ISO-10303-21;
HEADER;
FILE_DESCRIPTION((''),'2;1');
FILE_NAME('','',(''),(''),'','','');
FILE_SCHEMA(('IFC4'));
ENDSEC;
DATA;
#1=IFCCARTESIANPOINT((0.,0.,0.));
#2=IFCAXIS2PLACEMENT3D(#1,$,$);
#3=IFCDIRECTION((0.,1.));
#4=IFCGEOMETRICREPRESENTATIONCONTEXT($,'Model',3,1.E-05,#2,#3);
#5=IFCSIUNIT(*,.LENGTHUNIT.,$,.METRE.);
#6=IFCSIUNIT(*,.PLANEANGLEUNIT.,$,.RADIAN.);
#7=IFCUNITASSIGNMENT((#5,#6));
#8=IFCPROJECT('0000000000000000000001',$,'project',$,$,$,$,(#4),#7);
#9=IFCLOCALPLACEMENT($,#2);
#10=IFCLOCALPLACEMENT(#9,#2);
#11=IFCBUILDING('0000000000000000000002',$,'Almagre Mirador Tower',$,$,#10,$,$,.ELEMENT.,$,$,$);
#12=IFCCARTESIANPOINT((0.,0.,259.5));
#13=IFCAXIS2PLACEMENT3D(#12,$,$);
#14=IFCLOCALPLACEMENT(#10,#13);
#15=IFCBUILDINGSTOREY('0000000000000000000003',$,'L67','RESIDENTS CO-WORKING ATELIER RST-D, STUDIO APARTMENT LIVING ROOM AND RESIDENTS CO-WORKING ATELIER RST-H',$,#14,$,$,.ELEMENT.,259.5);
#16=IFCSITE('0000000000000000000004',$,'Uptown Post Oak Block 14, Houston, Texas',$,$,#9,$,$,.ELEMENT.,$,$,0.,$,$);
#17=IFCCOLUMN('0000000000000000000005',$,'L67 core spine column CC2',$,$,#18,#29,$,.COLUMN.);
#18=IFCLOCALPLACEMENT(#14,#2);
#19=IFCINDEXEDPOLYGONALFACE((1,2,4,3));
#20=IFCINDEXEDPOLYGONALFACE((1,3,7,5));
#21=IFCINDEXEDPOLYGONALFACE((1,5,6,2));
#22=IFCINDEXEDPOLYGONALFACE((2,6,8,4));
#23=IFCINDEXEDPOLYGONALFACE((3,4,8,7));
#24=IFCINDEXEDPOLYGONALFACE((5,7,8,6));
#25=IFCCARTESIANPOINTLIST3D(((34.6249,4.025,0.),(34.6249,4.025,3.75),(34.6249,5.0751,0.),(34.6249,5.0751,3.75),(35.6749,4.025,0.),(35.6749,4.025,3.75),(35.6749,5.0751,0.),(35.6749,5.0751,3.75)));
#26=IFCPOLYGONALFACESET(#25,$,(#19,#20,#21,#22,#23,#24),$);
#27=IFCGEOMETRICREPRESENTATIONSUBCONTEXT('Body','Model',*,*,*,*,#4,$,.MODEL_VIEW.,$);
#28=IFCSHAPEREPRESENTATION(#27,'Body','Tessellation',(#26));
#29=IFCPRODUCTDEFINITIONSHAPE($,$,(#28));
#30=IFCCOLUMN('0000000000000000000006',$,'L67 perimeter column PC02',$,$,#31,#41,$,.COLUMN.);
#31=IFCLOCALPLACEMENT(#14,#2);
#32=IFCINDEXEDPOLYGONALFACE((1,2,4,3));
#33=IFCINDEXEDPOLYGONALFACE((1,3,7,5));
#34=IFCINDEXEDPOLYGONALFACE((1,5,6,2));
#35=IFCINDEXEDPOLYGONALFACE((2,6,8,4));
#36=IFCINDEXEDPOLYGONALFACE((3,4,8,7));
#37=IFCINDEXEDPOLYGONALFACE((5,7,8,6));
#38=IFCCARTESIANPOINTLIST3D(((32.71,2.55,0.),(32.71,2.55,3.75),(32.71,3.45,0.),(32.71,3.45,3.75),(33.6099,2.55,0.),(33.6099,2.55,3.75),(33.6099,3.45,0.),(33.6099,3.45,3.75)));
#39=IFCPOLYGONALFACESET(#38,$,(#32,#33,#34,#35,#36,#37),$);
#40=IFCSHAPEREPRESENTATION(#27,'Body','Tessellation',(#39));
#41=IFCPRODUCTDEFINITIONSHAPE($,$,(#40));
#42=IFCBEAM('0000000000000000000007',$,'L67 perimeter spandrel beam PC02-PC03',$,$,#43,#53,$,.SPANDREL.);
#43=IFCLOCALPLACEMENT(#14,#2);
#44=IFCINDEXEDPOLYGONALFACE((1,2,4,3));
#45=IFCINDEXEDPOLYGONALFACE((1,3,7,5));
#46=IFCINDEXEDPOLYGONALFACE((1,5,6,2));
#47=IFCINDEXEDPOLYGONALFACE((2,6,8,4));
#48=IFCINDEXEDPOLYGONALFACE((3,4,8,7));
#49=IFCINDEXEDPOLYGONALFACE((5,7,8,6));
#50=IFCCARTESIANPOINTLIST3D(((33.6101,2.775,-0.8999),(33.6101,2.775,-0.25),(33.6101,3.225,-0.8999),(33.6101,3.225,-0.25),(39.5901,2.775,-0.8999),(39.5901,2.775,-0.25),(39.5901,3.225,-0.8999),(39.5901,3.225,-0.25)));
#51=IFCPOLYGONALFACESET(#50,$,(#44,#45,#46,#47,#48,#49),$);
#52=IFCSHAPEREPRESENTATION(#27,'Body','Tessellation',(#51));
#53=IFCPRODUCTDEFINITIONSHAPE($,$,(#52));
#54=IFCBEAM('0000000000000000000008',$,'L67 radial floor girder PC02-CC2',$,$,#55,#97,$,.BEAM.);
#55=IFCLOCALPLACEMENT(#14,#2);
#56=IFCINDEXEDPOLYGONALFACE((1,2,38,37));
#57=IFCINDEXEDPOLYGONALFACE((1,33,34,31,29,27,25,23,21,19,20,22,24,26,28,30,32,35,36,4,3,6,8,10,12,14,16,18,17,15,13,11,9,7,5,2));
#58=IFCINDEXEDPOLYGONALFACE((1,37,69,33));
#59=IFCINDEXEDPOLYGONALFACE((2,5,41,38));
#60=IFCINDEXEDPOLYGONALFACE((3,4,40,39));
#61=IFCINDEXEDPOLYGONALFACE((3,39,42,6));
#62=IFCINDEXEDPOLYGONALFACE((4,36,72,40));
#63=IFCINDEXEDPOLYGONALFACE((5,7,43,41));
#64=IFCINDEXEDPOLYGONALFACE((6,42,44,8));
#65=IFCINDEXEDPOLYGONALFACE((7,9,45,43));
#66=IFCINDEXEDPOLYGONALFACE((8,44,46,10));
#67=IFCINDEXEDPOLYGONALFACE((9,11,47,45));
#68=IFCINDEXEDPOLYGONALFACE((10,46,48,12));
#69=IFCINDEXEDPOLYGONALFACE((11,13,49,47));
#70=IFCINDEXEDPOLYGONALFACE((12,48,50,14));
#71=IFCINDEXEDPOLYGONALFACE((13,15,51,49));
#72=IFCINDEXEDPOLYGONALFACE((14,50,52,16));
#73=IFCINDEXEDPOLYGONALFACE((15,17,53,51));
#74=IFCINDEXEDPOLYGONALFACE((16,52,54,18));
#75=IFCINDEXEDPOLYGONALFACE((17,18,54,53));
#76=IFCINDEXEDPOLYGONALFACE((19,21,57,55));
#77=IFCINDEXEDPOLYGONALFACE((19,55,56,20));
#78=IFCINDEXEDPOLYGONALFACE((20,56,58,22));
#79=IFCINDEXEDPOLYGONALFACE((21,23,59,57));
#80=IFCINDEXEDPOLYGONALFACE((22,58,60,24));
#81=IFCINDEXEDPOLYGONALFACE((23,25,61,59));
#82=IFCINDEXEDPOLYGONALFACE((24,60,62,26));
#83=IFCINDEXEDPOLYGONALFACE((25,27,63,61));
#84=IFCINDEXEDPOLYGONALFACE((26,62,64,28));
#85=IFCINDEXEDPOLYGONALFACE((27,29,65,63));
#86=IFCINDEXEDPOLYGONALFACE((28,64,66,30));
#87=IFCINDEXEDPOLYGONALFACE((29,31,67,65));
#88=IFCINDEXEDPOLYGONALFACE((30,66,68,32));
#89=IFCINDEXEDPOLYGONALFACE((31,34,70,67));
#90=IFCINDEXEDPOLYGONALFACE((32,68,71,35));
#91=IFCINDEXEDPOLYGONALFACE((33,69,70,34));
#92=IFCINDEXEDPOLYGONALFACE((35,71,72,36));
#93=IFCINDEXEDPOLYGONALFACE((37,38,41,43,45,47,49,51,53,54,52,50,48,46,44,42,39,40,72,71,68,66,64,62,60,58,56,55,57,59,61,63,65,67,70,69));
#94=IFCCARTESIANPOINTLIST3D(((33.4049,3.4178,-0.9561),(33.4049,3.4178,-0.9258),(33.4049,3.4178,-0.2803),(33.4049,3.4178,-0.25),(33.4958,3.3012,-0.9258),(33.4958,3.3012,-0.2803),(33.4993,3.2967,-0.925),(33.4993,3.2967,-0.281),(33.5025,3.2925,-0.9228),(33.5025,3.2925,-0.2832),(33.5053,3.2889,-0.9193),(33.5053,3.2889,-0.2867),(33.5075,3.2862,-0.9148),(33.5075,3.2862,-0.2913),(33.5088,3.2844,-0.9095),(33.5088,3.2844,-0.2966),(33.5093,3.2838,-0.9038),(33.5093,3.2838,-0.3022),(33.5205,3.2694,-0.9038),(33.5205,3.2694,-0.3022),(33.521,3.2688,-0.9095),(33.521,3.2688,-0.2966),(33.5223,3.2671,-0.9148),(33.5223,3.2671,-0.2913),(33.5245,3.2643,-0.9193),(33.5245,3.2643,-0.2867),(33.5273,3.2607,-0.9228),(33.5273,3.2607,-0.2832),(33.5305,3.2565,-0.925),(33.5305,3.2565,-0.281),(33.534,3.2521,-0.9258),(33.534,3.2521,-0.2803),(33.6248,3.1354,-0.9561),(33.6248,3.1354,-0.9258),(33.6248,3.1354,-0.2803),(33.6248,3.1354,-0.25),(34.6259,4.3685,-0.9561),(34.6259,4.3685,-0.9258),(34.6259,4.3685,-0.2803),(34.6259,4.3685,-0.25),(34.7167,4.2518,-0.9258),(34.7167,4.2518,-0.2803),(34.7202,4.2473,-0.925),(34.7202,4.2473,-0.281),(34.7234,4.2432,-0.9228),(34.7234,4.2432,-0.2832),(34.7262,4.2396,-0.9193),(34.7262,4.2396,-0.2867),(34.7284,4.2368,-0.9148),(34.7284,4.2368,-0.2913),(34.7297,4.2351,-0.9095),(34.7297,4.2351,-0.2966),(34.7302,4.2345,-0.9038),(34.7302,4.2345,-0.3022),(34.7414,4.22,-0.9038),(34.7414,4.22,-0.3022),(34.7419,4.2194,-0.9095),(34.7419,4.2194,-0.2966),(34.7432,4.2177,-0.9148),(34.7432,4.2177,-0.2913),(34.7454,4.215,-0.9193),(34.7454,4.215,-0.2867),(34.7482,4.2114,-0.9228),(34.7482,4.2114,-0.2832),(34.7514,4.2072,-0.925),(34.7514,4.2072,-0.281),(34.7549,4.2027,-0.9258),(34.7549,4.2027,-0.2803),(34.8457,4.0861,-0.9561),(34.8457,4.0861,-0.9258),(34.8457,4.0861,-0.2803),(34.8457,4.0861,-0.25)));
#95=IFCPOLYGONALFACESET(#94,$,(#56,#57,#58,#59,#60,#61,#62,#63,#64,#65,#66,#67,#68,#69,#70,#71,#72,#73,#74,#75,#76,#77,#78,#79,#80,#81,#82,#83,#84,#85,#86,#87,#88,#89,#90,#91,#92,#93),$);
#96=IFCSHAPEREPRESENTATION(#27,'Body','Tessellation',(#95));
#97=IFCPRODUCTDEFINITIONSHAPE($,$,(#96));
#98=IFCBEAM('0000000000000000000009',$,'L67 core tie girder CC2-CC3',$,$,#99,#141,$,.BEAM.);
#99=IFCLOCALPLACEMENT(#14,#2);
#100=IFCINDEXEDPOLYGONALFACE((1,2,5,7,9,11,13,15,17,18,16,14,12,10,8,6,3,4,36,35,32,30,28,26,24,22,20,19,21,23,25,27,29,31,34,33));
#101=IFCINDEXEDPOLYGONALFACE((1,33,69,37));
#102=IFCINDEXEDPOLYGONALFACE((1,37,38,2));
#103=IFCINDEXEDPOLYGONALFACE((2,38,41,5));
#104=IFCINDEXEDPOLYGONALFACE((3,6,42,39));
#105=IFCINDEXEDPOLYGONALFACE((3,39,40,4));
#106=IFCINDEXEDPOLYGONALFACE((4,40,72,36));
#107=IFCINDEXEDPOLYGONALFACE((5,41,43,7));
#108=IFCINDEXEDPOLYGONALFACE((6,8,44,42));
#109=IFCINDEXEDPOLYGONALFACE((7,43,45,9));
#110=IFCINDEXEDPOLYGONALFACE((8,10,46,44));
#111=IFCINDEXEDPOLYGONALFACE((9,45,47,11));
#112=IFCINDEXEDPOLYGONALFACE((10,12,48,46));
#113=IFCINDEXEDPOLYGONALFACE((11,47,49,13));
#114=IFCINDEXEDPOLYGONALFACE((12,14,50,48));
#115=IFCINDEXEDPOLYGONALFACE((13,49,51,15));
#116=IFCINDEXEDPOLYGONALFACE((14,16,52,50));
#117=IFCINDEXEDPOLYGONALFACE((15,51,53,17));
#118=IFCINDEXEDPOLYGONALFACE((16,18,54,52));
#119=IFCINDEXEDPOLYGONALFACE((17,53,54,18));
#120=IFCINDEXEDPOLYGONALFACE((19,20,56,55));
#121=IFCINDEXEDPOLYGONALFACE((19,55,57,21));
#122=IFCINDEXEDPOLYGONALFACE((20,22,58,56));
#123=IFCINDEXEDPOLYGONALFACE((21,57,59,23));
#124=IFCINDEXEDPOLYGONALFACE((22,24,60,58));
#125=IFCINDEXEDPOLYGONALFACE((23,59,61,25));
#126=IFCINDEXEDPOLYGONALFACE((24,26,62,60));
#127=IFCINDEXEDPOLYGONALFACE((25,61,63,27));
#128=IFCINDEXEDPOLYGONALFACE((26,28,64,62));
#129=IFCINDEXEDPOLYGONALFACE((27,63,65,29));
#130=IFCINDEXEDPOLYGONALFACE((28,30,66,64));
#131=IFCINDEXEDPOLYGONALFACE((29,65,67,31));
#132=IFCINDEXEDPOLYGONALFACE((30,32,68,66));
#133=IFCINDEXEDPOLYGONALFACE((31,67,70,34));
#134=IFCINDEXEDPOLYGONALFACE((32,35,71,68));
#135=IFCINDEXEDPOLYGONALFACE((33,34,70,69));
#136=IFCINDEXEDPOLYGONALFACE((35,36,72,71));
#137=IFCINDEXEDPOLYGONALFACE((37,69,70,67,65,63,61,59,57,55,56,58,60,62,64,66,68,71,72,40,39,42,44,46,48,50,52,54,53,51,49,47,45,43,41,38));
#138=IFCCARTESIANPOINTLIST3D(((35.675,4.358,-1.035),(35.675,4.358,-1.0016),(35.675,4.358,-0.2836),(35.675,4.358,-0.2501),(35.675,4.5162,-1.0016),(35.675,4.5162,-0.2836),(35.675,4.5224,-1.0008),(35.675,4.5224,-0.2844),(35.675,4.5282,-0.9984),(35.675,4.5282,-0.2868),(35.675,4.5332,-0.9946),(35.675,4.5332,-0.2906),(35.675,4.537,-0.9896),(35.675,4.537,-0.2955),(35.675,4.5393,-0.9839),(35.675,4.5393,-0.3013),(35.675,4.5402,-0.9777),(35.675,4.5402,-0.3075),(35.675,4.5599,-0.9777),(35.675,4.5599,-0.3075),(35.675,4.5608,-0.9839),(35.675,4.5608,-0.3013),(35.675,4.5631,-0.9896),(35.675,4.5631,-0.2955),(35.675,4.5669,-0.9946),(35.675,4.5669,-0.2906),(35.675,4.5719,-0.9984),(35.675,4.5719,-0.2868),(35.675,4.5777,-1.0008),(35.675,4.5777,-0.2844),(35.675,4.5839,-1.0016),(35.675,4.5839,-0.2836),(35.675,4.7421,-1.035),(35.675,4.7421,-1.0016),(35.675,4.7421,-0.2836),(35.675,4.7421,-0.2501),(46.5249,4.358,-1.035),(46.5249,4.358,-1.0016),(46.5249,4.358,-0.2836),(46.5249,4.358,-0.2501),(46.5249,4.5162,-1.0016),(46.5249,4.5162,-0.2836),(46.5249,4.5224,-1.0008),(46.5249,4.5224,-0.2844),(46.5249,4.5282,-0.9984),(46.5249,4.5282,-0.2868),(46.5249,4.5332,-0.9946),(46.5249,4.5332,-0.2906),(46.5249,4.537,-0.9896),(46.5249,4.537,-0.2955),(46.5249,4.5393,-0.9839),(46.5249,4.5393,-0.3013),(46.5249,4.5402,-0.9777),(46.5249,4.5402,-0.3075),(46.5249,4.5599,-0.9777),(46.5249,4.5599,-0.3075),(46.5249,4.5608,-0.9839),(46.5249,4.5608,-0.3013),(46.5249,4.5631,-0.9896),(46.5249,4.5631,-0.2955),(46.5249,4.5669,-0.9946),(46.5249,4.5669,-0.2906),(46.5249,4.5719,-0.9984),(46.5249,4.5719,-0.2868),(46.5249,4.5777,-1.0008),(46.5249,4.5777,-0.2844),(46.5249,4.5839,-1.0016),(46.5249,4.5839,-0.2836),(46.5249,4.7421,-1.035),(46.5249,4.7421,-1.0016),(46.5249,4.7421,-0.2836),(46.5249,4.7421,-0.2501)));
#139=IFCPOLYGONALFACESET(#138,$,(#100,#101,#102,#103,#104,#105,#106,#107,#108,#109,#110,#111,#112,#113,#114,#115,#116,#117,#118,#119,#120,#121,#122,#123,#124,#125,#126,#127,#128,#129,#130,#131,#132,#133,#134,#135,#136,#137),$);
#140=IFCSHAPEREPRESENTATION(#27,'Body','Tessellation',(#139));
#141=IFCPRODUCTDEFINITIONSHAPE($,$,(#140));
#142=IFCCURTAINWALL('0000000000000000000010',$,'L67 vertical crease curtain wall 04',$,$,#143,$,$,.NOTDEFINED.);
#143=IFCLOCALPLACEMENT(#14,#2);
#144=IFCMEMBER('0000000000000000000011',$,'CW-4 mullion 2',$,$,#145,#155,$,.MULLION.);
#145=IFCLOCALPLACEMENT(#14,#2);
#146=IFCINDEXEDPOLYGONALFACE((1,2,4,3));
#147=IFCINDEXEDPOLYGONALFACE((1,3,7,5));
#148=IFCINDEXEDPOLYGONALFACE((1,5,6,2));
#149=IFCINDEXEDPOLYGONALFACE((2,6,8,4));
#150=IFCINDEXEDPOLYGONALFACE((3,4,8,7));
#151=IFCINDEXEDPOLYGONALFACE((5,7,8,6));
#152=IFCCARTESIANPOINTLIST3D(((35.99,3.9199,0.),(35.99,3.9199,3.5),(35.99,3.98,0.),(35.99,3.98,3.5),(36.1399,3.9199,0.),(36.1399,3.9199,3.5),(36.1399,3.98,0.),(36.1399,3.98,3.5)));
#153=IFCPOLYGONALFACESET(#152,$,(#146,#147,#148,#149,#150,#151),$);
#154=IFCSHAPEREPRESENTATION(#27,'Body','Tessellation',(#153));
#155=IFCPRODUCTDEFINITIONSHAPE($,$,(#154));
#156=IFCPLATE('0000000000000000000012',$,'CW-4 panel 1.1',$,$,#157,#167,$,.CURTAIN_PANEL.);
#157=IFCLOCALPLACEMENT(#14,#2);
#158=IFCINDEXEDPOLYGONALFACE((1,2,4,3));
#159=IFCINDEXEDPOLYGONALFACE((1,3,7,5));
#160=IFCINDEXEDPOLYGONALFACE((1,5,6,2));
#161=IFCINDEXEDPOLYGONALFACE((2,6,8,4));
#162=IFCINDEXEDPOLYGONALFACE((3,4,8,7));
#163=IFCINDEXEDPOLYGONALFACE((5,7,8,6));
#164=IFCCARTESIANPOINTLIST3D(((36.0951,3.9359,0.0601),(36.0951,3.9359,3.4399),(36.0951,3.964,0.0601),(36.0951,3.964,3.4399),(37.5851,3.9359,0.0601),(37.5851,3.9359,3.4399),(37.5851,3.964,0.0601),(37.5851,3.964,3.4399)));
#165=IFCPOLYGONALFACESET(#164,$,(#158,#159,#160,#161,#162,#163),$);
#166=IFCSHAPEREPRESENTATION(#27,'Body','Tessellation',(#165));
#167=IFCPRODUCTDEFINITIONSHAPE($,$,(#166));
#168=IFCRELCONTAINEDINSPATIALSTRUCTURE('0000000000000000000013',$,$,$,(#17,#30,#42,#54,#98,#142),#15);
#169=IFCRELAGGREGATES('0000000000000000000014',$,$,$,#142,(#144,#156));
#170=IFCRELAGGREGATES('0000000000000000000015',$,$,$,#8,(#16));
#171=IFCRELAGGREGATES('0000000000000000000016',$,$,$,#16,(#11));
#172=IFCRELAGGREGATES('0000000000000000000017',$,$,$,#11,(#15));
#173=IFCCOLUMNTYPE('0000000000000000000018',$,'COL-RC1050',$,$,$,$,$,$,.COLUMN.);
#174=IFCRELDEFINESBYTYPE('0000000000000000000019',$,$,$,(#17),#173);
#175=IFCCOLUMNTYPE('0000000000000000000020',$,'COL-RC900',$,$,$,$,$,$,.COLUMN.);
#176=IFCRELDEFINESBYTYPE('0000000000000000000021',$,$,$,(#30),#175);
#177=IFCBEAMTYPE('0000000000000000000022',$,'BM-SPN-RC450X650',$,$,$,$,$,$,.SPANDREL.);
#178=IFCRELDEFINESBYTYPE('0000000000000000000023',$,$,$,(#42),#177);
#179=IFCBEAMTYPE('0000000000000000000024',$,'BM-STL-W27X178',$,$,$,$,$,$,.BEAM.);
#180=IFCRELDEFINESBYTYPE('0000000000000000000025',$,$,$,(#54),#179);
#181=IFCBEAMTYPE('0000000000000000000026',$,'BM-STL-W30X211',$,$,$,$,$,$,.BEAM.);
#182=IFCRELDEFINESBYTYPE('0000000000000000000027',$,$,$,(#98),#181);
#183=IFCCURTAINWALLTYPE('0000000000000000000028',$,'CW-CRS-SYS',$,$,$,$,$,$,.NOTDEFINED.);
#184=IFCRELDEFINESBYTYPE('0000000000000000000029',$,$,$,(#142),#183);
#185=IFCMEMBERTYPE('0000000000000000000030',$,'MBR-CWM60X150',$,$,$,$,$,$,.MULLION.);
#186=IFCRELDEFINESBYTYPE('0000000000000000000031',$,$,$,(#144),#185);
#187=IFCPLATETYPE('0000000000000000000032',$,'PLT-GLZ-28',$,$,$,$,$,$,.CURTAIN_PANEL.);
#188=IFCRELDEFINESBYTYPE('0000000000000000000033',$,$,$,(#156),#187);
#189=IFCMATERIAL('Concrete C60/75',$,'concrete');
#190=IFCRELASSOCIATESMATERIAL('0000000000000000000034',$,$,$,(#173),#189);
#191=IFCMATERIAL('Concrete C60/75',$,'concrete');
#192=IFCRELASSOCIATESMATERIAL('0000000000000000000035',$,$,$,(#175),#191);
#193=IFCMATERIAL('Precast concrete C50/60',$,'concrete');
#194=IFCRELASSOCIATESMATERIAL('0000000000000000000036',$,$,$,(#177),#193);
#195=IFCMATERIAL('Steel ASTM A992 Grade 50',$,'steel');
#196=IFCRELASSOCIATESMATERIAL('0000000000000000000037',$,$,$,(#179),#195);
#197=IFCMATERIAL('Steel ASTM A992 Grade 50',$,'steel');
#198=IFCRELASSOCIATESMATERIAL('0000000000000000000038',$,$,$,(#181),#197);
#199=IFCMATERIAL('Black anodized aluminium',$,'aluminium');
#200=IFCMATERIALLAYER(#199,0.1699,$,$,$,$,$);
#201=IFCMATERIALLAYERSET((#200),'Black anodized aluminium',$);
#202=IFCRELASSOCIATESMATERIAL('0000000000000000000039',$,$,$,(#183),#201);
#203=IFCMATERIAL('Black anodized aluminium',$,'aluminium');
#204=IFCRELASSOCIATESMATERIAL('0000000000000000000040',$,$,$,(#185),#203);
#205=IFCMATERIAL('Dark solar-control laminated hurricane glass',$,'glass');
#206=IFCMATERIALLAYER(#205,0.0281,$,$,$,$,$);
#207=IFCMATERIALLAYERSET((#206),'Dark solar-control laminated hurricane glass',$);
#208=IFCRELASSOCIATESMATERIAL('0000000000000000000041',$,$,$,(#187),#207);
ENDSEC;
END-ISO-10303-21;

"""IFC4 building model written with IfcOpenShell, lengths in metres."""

from ifc_helpers import new_model, si_unit, direction, frame, origin, origin_2d, place, context, subcontext, project, spatial, rectangle, i_section, extrude, material, layer, layer_set, material_profile, profile_set, type_object, element, aggregate, save


model = new_model("IFC4")

# Units and contexts
model_context = context("Model", 3, precision=1e-05, world=origin(), true_north=direction((0.0, 1.0)))
body_context = subcontext(model_context, "Body", "Model", "MODEL_VIEW")
ifc_project = project(units=[si_unit("LENGTHUNIT", "METRE"), si_unit("PLANEANGLEUNIT", "RADIAN")], contexts=[model_context])

# Site, building, storey
site_placement = place(None, origin())
site = spatial("IfcSite", under=ifc_project, at=site_placement, Name="Uptown Post Oak Block 14, Houston, Texas", CompositionType="ELEMENT", RefElevation=0.0)
building_placement = place(site_placement, origin())
building = spatial("IfcBuilding", under=site, at=building_placement, Name="Almagre Mirador Tower", CompositionType="ELEMENT")
storey_placement = place(building_placement, frame((0.0, 0.0, 259.5)))
storey = spatial("IfcBuildingStorey", under=building, at=storey_placement, Name="L67", Description="RESIDENTS CO-WORKING ATELIER RST-D, STUDIO APARTMENT LIVING ROOM AND RESIDENTS CO-WORKING ATELIER RST-H", CompositionType="ELEMENT", Elevation=259.5)

# Columns
ifc_material_1 = material(Name="Concrete C60/75", Category="concrete")
ifc_material_profile_1 = material_profile(ifc_material_1, rectangle(XDim=1.05, YDim=1.05, at=origin_2d()), Name="RC1050X1050")
ifc_profile_set_1 = profile_set([ifc_material_profile_1], Name="Concrete C60/75")
column_type_1 = type_object("IfcColumnType", Name="COL-RC1050", PredefinedType="COLUMN", material=ifc_profile_set_1)
column_1_placement = place(storey_placement, frame((35.1499, 4.55, 0.0), z_axis=(0.0, 0.0, 1.0), x_axis=(1.0, 0.0, 0.0)))
element("IfcColumn", 1, at=column_1_placement, inside=storey, type_object=column_type_1, Name="L67 core spine column CC2", PredefinedType="COLUMN", context=body_context, shape_type="SweptSolid", body=[
    extrude(rectangle(XDim=1.05, YDim=1.05, at=origin_2d()), origin(), (0.0, 0.0, 1.0), 3.75),
])
ifc_material_2 = material(Name="Concrete C60/75", Category="concrete")
ifc_material_profile_2 = material_profile(ifc_material_2, rectangle(XDim=0.8999, YDim=0.8999, at=origin_2d()), Name="RC900X900")
ifc_profile_set_2 = profile_set([ifc_material_profile_2], Name="Concrete C60/75")
column_type_2 = type_object("IfcColumnType", Name="COL-RC900", PredefinedType="COLUMN", material=ifc_profile_set_2)
column_2_placement = place(storey_placement, frame((33.1599, 3.0, 0.0), z_axis=(0.0, 0.0, 1.0), x_axis=(1.0, 0.0, 0.0)))
element("IfcColumn", 2, at=column_2_placement, inside=storey, type_object=column_type_2, Name="L67 perimeter column PC02", PredefinedType="COLUMN", context=body_context, shape_type="SweptSolid", body=[
    extrude(rectangle(XDim=0.8999, YDim=0.8999, at=origin_2d()), origin(), (0.0, 0.0, 1.0), 3.75),
])

# Beams
ifc_material_3 = material(Name="Precast concrete C50/60", Category="concrete")
ifc_material_profile_3 = material_profile(ifc_material_3, rectangle(XDim=0.45, YDim=0.6499, at=origin_2d()), Name="RC450X650")
ifc_profile_set_3 = profile_set([ifc_material_profile_3], Name="Precast concrete C50/60")
beam_type_1 = type_object("IfcBeamType", Name="BM-SPN-RC450X650", PredefinedType="SPANDREL", material=ifc_profile_set_3)
beam_1_placement = place(storey_placement, frame((33.6101, 3.0, -0.575), z_axis=(1.0, 0.0, 0.0), x_axis=(0.0, 1.0, 0.0)))
element("IfcBeam", 3, at=beam_1_placement, inside=storey, type_object=beam_type_1, Name="L67 perimeter spandrel beam PC02-PC03", PredefinedType="SPANDREL", context=body_context, shape_type="SweptSolid", body=[
    extrude(rectangle(XDim=0.45, YDim=0.6499, at=origin_2d()), origin(), (0.0, 0.0, 1.0), 5.98),
])
ifc_material_4 = material(Name="Steel ASTM A992 Grade 50", Category="steel")
ifc_material_profile_4 = material_profile(ifc_material_4, i_section(OverallWidth=0.3579, OverallDepth=0.7061, WebThickness=0.0183, FlangeThickness=0.0303, FilletRadius=0.022, at=origin_2d()), Name="W27X178")
ifc_profile_set_4 = profile_set([ifc_material_profile_4], Name="Steel ASTM A992 Grade 50")
beam_type_2 = type_object("IfcBeamType", Name="BM-STL-W27X178", PredefinedType="BEAM", material=ifc_profile_set_4)
beam_2_placement = place(storey_placement, frame((33.5149, 3.2766, -0.603), z_axis=(0.789021, 0.614367, 0.0), x_axis=(-0.614367, 0.789021, 0.0)))
element("IfcBeam", 4, at=beam_2_placement, inside=storey, type_object=beam_type_2, Name="L67 radial floor girder PC02-CC2", PredefinedType="BEAM", context=body_context, shape_type="SweptSolid", body=[
    extrude(i_section(OverallWidth=0.3579, OverallDepth=0.7061, WebThickness=0.0183, FlangeThickness=0.0303, FilletRadius=0.022, at=origin_2d()), origin(), (0.0, 0.0, 1.0), 1.5474),
])
ifc_material_5 = material(Name="Steel ASTM A992 Grade 50", Category="steel")
ifc_material_profile_5 = material_profile(ifc_material_5, i_section(OverallWidth=0.384, OverallDepth=0.7849, WebThickness=0.0198, FlangeThickness=0.0334, FilletRadius=0.0239, at=origin_2d()), Name="W30X211")
ifc_profile_set_5 = profile_set([ifc_material_profile_5], Name="Steel ASTM A992 Grade 50")
beam_type_3 = type_object("IfcBeamType", Name="BM-STL-W30X211", PredefinedType="BEAM", material=ifc_profile_set_5)
beam_3_placement = place(storey_placement, frame((35.675, 4.55, -0.6426), z_axis=(1.0, 0.0, 0.0), x_axis=(0.0, 1.0, 0.0)))
element("IfcBeam", 5, at=beam_3_placement, inside=storey, type_object=beam_type_3, Name="L67 core tie girder CC2-CC3", PredefinedType="BEAM", context=body_context, shape_type="SweptSolid", body=[
    extrude(i_section(OverallWidth=0.384, OverallDepth=0.7849, WebThickness=0.0198, FlangeThickness=0.0334, FilletRadius=0.0239, at=origin_2d()), origin(), (0.0, 0.0, 1.0), 10.8499),
])

# Curtain wall, member, plate
ifc_material_6 = material(Name="Black anodized aluminium", Category="aluminium")
ifc_layer_1 = layer(ifc_material_6, 0.1699)
ifc_layer_set_1 = layer_set([ifc_layer_1], Name="Black anodized aluminium")
curtain_wall_type = type_object("IfcCurtainWallType", Name="CW-CRS-SYS", PredefinedType="NOTDEFINED", material=ifc_layer_set_1)
curtain_wall_placement = place(storey_placement, origin())
curtain_wall = element("IfcCurtainWall", 6, at=curtain_wall_placement, inside=storey, type_object=curtain_wall_type, Name="L67 vertical crease curtain wall 04", PredefinedType="NOTDEFINED")
ifc_material_7 = material(Name="Black anodized aluminium", Category="aluminium")
ifc_material_profile_6 = material_profile(ifc_material_7, rectangle(XDim=0.0601, YDim=0.1499, at=origin_2d()), Name="CWM60X150")
ifc_profile_set_6 = profile_set([ifc_material_profile_6], Name="Black anodized aluminium")
member_type = type_object("IfcMemberType", Name="MBR-CWM60X150", PredefinedType="MULLION", material=ifc_profile_set_6)
member_placement = place(storey_placement, frame((36.0649, 3.95, 0.0), z_axis=(0.0, 0.0, 1.0), x_axis=(0.0, -1.0, 0.0)))
member = element("IfcMember", 7, at=member_placement, type_object=member_type, Name="CW-4 mullion 2", PredefinedType="MULLION", context=body_context, shape_type="SweptSolid", body=[
    extrude(rectangle(XDim=0.0601, YDim=0.1499, at=origin_2d()), origin(), (0.0, 0.0, 1.0), 3.5),
])
ifc_material_8 = material(Name="Dark solar-control laminated hurricane glass", Category="glass")
ifc_layer_2 = layer(ifc_material_8, 0.0281)
ifc_layer_set_2 = layer_set([ifc_layer_2], Name="Dark solar-control laminated hurricane glass")
plate_type = type_object("IfcPlateType", Name="PLT-GLZ-28", PredefinedType="CURTAIN_PANEL", material=ifc_layer_set_2)
plate_placement = place(storey_placement, frame((36.8401, 3.95, 0.0601), z_axis=(0.0, 0.0, 1.0), x_axis=(-1.0, 0.0, 0.0)))
plate = element("IfcPlate", 8, at=plate_placement, type_object=plate_type, Name="CW-4 panel 1.1", PredefinedType="CURTAIN_PANEL", context=body_context, shape_type="SweptSolid", body=[
    extrude(rectangle(XDim=1.49, YDim=0.0281, at=origin_2d()), origin(), (0.0, 0.0, 1.0), 3.3799),
])
aggregate(curtain_wall, [member, plate])

save(model, "model.ifc")
